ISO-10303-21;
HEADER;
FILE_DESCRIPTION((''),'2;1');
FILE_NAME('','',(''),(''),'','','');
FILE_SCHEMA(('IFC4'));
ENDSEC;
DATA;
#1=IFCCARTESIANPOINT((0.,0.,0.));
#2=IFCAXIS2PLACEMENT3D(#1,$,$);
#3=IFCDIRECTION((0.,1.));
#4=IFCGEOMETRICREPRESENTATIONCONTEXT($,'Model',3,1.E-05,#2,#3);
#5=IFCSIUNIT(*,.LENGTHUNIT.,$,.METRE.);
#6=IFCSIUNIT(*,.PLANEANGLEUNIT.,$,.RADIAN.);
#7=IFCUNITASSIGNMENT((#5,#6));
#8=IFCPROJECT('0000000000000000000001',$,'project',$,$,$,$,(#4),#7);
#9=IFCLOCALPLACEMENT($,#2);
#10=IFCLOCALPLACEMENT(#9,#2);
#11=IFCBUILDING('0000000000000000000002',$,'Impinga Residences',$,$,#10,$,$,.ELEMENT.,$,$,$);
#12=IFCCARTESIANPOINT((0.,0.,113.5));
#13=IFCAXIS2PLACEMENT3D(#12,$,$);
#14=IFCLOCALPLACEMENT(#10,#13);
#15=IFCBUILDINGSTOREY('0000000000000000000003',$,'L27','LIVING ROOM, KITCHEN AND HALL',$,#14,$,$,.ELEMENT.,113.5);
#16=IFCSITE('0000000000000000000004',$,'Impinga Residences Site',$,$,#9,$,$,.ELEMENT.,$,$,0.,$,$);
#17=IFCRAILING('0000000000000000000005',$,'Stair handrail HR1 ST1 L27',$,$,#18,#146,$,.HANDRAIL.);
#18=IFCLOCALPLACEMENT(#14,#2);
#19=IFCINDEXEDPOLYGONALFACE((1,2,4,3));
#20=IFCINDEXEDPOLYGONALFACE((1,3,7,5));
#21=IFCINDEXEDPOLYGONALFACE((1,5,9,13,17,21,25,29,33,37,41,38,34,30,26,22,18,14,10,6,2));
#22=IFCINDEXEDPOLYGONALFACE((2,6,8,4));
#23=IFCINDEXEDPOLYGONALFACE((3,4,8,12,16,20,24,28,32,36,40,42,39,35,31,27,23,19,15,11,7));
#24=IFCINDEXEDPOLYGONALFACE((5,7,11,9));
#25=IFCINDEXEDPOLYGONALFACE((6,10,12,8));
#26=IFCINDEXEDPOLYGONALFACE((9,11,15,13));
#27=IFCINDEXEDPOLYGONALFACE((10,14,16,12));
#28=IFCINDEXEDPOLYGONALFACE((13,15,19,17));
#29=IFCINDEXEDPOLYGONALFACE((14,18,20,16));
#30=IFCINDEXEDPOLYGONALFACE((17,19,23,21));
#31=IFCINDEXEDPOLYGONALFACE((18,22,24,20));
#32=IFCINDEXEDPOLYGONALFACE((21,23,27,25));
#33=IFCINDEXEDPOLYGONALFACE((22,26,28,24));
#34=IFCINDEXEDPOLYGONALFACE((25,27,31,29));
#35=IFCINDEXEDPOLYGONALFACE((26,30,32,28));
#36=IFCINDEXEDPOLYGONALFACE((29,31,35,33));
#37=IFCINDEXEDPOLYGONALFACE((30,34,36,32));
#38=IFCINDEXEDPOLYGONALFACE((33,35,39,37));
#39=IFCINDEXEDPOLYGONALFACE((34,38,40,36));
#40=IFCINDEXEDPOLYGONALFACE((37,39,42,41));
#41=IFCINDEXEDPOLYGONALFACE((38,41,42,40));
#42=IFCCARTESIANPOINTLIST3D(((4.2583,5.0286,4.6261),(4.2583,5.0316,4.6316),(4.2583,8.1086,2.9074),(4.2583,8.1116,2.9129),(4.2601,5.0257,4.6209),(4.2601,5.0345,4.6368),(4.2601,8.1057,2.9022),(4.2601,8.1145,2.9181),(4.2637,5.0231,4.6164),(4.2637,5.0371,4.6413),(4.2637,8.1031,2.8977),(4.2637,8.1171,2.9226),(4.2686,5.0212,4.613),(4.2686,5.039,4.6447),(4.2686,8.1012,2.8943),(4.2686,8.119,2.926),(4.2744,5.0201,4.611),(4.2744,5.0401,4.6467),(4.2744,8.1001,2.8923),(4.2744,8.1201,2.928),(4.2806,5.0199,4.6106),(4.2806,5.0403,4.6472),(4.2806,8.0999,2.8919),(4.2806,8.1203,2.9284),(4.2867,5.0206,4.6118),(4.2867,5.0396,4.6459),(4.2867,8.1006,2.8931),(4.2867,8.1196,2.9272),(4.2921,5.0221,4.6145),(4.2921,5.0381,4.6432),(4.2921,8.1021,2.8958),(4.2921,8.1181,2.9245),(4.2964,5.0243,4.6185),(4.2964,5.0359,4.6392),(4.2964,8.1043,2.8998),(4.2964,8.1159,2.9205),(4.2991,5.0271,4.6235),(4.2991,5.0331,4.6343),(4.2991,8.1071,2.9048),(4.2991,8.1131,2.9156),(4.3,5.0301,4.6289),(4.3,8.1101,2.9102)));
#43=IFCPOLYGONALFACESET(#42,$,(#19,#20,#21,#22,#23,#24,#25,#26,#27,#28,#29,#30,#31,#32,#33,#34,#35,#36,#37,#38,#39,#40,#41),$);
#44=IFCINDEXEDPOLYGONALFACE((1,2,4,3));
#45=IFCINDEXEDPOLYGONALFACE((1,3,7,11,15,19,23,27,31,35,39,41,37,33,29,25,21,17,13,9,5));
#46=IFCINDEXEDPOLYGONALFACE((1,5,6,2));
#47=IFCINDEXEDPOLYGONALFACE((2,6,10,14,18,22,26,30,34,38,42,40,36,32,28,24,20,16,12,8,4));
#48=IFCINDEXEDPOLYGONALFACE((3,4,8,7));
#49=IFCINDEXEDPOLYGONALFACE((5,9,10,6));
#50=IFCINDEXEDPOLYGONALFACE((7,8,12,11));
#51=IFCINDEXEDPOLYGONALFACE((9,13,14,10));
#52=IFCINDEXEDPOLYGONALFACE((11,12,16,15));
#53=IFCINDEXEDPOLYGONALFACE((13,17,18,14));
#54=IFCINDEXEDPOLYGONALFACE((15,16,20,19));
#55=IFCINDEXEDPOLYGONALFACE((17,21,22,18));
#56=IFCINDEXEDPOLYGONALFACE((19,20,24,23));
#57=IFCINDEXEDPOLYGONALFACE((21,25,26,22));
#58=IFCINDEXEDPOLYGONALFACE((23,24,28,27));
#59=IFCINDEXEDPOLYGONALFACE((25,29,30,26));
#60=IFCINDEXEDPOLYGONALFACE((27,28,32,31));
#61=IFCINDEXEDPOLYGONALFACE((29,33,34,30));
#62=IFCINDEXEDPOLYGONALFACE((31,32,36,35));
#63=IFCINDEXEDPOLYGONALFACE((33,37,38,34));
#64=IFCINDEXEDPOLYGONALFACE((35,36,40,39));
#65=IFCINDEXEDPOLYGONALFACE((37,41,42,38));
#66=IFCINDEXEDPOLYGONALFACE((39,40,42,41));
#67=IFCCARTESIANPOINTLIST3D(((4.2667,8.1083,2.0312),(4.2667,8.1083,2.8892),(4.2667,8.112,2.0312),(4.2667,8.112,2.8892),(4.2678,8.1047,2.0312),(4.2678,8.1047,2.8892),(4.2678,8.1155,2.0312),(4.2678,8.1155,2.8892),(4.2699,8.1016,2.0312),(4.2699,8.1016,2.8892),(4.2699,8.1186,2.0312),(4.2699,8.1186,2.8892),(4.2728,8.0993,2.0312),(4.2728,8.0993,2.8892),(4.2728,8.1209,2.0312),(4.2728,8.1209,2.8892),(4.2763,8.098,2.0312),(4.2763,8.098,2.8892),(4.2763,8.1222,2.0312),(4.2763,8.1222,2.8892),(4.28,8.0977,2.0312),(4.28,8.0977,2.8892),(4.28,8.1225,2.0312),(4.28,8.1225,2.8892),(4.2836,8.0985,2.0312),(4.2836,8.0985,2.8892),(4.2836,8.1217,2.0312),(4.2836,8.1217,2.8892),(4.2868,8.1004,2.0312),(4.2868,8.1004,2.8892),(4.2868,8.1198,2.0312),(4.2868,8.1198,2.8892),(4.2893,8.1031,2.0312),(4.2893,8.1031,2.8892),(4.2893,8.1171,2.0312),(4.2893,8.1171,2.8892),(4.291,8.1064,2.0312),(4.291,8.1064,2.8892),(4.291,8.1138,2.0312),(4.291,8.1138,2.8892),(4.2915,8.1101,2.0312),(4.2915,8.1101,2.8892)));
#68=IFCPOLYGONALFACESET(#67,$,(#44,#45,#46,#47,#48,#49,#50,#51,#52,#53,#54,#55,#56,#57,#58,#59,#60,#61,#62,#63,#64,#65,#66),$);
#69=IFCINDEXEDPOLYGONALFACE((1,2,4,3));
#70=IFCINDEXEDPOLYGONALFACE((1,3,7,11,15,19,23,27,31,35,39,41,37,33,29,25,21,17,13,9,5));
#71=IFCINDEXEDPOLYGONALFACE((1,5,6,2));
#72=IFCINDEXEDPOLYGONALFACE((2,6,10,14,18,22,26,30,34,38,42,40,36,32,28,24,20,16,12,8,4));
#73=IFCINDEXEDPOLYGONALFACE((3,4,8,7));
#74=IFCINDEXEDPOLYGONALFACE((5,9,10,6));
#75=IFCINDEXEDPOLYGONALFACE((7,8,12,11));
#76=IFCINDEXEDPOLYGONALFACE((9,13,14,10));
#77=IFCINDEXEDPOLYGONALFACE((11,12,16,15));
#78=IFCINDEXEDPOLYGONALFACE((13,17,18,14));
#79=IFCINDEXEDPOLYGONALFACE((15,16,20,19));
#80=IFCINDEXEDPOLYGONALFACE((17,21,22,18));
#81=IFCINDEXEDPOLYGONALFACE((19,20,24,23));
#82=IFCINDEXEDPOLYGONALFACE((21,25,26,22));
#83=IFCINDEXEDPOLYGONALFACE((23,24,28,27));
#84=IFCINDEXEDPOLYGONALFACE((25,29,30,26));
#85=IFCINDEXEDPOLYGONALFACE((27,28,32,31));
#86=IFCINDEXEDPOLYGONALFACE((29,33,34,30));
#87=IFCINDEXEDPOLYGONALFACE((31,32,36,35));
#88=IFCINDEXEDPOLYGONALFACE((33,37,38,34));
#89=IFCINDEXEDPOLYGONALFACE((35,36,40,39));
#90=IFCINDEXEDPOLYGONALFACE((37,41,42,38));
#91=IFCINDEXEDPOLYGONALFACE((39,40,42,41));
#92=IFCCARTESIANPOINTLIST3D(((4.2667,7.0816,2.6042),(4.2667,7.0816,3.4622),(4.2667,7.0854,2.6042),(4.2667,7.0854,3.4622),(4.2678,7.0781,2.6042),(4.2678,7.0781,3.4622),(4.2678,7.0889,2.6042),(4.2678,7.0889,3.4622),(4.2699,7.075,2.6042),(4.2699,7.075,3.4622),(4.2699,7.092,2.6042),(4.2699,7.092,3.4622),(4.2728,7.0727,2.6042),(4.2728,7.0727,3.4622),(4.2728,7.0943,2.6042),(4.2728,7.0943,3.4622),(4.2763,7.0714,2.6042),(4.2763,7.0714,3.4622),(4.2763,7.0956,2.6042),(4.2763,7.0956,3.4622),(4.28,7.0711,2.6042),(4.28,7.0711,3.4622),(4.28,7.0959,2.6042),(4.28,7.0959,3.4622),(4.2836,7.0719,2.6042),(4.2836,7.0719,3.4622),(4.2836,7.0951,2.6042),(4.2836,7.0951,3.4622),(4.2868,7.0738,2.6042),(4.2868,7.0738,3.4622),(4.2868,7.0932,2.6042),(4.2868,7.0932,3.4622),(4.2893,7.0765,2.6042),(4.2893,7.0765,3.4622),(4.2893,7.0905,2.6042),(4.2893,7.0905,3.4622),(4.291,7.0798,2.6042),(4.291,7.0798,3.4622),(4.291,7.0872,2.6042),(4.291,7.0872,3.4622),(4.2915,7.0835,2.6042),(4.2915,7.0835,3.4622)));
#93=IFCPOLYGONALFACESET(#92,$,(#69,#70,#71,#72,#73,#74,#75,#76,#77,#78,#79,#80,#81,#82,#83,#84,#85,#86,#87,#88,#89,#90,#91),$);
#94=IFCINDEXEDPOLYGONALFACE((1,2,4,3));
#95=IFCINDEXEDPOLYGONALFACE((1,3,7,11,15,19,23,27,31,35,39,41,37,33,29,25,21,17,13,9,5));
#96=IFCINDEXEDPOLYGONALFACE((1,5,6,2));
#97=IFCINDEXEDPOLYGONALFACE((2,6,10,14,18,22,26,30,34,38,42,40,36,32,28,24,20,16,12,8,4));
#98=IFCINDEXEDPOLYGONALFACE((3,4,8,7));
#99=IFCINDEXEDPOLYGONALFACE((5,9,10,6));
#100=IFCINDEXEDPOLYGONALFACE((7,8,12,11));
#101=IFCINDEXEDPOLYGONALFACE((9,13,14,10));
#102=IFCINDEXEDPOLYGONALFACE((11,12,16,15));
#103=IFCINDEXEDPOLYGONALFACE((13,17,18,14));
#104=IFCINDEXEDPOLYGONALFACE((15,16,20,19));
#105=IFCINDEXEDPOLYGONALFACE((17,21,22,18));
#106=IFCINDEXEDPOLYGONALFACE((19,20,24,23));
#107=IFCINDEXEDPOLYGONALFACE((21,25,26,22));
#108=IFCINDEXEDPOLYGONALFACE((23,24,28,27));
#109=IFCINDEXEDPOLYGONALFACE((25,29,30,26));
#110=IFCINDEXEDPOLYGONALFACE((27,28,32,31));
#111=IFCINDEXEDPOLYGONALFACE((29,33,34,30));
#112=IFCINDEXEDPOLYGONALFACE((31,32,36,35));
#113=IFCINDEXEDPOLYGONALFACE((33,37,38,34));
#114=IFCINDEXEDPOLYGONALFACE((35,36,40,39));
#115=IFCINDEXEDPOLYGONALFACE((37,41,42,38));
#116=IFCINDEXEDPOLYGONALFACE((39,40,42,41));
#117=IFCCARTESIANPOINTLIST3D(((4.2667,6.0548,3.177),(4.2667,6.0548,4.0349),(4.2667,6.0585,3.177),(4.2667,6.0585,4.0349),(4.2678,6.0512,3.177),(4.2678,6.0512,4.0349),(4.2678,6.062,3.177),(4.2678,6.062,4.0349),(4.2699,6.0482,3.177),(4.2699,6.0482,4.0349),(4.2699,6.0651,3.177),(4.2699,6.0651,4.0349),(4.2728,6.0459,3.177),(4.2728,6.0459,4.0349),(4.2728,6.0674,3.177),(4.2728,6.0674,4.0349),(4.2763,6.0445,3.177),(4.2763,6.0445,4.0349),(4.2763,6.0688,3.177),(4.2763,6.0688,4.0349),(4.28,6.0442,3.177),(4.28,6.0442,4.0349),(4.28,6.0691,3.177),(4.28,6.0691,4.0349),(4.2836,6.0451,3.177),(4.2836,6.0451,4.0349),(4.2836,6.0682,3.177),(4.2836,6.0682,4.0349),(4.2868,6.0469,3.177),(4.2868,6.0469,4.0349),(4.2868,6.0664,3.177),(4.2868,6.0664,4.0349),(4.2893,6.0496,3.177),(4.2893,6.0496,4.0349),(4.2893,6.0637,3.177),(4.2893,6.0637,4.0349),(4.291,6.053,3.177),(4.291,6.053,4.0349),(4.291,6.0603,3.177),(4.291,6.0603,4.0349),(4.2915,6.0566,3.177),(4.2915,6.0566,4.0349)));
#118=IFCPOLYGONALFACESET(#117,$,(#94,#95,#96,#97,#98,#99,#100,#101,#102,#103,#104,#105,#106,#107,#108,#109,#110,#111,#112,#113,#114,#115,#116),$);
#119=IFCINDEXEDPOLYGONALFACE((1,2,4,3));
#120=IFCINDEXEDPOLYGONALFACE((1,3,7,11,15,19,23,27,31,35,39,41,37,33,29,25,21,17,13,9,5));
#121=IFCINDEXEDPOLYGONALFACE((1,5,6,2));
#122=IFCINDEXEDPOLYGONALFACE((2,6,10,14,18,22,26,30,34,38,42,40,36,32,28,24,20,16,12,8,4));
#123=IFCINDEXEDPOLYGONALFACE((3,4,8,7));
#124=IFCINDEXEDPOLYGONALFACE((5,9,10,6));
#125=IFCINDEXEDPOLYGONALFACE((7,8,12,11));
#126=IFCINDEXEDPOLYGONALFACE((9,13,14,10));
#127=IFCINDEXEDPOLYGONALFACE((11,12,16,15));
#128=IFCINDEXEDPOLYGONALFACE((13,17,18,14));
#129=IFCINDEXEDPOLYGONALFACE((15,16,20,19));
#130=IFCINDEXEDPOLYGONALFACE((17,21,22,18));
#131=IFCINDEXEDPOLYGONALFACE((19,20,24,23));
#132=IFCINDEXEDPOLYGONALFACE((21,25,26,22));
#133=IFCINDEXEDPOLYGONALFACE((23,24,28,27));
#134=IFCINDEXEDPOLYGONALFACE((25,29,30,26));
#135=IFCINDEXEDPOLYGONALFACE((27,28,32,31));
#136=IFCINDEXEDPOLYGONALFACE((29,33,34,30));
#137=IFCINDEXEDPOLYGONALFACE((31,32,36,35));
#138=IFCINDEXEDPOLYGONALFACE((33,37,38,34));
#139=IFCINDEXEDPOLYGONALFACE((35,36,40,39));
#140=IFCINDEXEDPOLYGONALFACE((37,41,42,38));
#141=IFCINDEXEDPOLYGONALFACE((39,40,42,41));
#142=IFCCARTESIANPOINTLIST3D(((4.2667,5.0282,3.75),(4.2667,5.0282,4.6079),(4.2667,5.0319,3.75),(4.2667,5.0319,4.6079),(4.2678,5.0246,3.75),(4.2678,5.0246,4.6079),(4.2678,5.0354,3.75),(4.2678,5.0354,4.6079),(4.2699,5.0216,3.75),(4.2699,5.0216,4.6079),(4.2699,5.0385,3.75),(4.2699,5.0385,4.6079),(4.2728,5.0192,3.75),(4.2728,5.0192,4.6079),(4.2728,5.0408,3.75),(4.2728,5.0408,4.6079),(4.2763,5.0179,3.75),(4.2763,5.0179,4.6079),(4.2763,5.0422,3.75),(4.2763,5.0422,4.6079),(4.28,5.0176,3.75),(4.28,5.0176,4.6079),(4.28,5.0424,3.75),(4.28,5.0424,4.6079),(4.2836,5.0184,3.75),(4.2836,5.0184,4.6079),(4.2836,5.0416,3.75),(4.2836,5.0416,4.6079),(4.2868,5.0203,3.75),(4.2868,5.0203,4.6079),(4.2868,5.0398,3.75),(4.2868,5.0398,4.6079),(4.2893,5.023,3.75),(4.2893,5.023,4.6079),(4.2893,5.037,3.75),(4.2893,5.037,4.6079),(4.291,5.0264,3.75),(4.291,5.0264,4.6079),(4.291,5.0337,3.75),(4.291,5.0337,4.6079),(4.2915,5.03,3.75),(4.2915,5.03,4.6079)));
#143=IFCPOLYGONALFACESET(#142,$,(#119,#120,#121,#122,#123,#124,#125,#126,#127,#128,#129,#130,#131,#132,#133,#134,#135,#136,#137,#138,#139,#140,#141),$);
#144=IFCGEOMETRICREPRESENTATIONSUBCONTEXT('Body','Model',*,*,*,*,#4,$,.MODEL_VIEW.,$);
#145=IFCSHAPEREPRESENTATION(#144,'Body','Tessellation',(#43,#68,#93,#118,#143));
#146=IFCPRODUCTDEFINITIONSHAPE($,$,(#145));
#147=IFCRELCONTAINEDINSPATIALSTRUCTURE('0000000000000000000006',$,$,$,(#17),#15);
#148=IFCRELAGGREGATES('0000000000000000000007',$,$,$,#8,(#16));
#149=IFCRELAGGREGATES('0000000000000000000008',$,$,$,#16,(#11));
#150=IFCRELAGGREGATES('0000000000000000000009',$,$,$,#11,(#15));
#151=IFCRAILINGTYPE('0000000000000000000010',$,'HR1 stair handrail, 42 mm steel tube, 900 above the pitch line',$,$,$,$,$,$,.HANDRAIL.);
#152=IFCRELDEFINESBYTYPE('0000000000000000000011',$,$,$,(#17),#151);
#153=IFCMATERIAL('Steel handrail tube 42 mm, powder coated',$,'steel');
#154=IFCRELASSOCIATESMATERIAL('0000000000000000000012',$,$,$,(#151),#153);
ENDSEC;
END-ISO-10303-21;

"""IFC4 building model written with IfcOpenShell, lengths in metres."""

from ifc_helpers import new_model, si_unit, direction, frame, origin, origin_2d, place, context, subcontext, project, spatial, circle, extrude, material, type_object, element, save


model = new_model("IFC4")

# Units and contexts
model_context = context("Model", 3, precision=1e-05, world=origin(), true_north=direction((0.0, 1.0)))
body_context = subcontext(model_context, "Body", "Model", "MODEL_VIEW")
ifc_project = project(units=[si_unit("LENGTHUNIT", "METRE"), si_unit("PLANEANGLEUNIT", "RADIAN")], contexts=[model_context])

# Site, building, storey
site_placement = place(None, origin())
site = spatial("IfcSite", under=ifc_project, at=site_placement, Name="Impinga Residences Site", CompositionType="ELEMENT", RefElevation=0.0)
building_placement = place(site_placement, origin())
building = spatial("IfcBuilding", under=site, at=building_placement, Name="Impinga Residences", CompositionType="ELEMENT")
storey_placement = place(building_placement, frame((0.0, 0.0, 113.5)))
storey = spatial("IfcBuildingStorey", under=building, at=storey_placement, Name="L27", Description="LIVING ROOM, KITCHEN AND HALL", CompositionType="ELEMENT", Elevation=113.5)

# Railing
ifc_material_1 = material(Name="Steel handrail tube 42 mm, powder coated", Category="steel")
railing_type_1 = type_object("IfcRailingType", Name="HR1 stair handrail, 42 mm steel tube, 900 above the pitch line", PredefinedType="HANDRAIL", material=ifc_material_1)
railing_1_placement = place(storey_placement, frame((4.2791, 8.1101, 2.0312)))
element("IfcRailing", 1, at=railing_1_placement, inside=storey, type_object=railing_type_1, Name="Stair handrail HR1 ST1 L27", PredefinedType="HANDRAIL", context=body_context, shape_type="SweptSolid", body=[
    extrude(circle(Radius=0.021, at=origin_2d()), frame((0.0, 0.0, 0.8789), z_axis=(0.0, -0.873242, 0.487288), x_axis=(1.0, 0.0, 0.0)), (0.0, 0.0, 1.0), 3.5271),
    extrude(circle(Radius=0.0125, at=origin_2d()), origin(), (0.0, 0.0, 1.0), 0.8579),
    extrude(circle(Radius=0.0125, at=origin_2d()), frame((0.0, -1.0266, 0.573)), (0.0, 0.0, 1.0), 0.8579),
    extrude(circle(Radius=0.0125, at=origin_2d()), frame((0.0, -2.0535, 1.1458)), (0.0, 0.0, 1.0), 0.8579),
    extrude(circle(Radius=0.0125, at=origin_2d()), frame((0.0, -3.0801, 1.7188)), (0.0, 0.0, 1.0), 0.8579),
])

save(model, "model.ifc")
